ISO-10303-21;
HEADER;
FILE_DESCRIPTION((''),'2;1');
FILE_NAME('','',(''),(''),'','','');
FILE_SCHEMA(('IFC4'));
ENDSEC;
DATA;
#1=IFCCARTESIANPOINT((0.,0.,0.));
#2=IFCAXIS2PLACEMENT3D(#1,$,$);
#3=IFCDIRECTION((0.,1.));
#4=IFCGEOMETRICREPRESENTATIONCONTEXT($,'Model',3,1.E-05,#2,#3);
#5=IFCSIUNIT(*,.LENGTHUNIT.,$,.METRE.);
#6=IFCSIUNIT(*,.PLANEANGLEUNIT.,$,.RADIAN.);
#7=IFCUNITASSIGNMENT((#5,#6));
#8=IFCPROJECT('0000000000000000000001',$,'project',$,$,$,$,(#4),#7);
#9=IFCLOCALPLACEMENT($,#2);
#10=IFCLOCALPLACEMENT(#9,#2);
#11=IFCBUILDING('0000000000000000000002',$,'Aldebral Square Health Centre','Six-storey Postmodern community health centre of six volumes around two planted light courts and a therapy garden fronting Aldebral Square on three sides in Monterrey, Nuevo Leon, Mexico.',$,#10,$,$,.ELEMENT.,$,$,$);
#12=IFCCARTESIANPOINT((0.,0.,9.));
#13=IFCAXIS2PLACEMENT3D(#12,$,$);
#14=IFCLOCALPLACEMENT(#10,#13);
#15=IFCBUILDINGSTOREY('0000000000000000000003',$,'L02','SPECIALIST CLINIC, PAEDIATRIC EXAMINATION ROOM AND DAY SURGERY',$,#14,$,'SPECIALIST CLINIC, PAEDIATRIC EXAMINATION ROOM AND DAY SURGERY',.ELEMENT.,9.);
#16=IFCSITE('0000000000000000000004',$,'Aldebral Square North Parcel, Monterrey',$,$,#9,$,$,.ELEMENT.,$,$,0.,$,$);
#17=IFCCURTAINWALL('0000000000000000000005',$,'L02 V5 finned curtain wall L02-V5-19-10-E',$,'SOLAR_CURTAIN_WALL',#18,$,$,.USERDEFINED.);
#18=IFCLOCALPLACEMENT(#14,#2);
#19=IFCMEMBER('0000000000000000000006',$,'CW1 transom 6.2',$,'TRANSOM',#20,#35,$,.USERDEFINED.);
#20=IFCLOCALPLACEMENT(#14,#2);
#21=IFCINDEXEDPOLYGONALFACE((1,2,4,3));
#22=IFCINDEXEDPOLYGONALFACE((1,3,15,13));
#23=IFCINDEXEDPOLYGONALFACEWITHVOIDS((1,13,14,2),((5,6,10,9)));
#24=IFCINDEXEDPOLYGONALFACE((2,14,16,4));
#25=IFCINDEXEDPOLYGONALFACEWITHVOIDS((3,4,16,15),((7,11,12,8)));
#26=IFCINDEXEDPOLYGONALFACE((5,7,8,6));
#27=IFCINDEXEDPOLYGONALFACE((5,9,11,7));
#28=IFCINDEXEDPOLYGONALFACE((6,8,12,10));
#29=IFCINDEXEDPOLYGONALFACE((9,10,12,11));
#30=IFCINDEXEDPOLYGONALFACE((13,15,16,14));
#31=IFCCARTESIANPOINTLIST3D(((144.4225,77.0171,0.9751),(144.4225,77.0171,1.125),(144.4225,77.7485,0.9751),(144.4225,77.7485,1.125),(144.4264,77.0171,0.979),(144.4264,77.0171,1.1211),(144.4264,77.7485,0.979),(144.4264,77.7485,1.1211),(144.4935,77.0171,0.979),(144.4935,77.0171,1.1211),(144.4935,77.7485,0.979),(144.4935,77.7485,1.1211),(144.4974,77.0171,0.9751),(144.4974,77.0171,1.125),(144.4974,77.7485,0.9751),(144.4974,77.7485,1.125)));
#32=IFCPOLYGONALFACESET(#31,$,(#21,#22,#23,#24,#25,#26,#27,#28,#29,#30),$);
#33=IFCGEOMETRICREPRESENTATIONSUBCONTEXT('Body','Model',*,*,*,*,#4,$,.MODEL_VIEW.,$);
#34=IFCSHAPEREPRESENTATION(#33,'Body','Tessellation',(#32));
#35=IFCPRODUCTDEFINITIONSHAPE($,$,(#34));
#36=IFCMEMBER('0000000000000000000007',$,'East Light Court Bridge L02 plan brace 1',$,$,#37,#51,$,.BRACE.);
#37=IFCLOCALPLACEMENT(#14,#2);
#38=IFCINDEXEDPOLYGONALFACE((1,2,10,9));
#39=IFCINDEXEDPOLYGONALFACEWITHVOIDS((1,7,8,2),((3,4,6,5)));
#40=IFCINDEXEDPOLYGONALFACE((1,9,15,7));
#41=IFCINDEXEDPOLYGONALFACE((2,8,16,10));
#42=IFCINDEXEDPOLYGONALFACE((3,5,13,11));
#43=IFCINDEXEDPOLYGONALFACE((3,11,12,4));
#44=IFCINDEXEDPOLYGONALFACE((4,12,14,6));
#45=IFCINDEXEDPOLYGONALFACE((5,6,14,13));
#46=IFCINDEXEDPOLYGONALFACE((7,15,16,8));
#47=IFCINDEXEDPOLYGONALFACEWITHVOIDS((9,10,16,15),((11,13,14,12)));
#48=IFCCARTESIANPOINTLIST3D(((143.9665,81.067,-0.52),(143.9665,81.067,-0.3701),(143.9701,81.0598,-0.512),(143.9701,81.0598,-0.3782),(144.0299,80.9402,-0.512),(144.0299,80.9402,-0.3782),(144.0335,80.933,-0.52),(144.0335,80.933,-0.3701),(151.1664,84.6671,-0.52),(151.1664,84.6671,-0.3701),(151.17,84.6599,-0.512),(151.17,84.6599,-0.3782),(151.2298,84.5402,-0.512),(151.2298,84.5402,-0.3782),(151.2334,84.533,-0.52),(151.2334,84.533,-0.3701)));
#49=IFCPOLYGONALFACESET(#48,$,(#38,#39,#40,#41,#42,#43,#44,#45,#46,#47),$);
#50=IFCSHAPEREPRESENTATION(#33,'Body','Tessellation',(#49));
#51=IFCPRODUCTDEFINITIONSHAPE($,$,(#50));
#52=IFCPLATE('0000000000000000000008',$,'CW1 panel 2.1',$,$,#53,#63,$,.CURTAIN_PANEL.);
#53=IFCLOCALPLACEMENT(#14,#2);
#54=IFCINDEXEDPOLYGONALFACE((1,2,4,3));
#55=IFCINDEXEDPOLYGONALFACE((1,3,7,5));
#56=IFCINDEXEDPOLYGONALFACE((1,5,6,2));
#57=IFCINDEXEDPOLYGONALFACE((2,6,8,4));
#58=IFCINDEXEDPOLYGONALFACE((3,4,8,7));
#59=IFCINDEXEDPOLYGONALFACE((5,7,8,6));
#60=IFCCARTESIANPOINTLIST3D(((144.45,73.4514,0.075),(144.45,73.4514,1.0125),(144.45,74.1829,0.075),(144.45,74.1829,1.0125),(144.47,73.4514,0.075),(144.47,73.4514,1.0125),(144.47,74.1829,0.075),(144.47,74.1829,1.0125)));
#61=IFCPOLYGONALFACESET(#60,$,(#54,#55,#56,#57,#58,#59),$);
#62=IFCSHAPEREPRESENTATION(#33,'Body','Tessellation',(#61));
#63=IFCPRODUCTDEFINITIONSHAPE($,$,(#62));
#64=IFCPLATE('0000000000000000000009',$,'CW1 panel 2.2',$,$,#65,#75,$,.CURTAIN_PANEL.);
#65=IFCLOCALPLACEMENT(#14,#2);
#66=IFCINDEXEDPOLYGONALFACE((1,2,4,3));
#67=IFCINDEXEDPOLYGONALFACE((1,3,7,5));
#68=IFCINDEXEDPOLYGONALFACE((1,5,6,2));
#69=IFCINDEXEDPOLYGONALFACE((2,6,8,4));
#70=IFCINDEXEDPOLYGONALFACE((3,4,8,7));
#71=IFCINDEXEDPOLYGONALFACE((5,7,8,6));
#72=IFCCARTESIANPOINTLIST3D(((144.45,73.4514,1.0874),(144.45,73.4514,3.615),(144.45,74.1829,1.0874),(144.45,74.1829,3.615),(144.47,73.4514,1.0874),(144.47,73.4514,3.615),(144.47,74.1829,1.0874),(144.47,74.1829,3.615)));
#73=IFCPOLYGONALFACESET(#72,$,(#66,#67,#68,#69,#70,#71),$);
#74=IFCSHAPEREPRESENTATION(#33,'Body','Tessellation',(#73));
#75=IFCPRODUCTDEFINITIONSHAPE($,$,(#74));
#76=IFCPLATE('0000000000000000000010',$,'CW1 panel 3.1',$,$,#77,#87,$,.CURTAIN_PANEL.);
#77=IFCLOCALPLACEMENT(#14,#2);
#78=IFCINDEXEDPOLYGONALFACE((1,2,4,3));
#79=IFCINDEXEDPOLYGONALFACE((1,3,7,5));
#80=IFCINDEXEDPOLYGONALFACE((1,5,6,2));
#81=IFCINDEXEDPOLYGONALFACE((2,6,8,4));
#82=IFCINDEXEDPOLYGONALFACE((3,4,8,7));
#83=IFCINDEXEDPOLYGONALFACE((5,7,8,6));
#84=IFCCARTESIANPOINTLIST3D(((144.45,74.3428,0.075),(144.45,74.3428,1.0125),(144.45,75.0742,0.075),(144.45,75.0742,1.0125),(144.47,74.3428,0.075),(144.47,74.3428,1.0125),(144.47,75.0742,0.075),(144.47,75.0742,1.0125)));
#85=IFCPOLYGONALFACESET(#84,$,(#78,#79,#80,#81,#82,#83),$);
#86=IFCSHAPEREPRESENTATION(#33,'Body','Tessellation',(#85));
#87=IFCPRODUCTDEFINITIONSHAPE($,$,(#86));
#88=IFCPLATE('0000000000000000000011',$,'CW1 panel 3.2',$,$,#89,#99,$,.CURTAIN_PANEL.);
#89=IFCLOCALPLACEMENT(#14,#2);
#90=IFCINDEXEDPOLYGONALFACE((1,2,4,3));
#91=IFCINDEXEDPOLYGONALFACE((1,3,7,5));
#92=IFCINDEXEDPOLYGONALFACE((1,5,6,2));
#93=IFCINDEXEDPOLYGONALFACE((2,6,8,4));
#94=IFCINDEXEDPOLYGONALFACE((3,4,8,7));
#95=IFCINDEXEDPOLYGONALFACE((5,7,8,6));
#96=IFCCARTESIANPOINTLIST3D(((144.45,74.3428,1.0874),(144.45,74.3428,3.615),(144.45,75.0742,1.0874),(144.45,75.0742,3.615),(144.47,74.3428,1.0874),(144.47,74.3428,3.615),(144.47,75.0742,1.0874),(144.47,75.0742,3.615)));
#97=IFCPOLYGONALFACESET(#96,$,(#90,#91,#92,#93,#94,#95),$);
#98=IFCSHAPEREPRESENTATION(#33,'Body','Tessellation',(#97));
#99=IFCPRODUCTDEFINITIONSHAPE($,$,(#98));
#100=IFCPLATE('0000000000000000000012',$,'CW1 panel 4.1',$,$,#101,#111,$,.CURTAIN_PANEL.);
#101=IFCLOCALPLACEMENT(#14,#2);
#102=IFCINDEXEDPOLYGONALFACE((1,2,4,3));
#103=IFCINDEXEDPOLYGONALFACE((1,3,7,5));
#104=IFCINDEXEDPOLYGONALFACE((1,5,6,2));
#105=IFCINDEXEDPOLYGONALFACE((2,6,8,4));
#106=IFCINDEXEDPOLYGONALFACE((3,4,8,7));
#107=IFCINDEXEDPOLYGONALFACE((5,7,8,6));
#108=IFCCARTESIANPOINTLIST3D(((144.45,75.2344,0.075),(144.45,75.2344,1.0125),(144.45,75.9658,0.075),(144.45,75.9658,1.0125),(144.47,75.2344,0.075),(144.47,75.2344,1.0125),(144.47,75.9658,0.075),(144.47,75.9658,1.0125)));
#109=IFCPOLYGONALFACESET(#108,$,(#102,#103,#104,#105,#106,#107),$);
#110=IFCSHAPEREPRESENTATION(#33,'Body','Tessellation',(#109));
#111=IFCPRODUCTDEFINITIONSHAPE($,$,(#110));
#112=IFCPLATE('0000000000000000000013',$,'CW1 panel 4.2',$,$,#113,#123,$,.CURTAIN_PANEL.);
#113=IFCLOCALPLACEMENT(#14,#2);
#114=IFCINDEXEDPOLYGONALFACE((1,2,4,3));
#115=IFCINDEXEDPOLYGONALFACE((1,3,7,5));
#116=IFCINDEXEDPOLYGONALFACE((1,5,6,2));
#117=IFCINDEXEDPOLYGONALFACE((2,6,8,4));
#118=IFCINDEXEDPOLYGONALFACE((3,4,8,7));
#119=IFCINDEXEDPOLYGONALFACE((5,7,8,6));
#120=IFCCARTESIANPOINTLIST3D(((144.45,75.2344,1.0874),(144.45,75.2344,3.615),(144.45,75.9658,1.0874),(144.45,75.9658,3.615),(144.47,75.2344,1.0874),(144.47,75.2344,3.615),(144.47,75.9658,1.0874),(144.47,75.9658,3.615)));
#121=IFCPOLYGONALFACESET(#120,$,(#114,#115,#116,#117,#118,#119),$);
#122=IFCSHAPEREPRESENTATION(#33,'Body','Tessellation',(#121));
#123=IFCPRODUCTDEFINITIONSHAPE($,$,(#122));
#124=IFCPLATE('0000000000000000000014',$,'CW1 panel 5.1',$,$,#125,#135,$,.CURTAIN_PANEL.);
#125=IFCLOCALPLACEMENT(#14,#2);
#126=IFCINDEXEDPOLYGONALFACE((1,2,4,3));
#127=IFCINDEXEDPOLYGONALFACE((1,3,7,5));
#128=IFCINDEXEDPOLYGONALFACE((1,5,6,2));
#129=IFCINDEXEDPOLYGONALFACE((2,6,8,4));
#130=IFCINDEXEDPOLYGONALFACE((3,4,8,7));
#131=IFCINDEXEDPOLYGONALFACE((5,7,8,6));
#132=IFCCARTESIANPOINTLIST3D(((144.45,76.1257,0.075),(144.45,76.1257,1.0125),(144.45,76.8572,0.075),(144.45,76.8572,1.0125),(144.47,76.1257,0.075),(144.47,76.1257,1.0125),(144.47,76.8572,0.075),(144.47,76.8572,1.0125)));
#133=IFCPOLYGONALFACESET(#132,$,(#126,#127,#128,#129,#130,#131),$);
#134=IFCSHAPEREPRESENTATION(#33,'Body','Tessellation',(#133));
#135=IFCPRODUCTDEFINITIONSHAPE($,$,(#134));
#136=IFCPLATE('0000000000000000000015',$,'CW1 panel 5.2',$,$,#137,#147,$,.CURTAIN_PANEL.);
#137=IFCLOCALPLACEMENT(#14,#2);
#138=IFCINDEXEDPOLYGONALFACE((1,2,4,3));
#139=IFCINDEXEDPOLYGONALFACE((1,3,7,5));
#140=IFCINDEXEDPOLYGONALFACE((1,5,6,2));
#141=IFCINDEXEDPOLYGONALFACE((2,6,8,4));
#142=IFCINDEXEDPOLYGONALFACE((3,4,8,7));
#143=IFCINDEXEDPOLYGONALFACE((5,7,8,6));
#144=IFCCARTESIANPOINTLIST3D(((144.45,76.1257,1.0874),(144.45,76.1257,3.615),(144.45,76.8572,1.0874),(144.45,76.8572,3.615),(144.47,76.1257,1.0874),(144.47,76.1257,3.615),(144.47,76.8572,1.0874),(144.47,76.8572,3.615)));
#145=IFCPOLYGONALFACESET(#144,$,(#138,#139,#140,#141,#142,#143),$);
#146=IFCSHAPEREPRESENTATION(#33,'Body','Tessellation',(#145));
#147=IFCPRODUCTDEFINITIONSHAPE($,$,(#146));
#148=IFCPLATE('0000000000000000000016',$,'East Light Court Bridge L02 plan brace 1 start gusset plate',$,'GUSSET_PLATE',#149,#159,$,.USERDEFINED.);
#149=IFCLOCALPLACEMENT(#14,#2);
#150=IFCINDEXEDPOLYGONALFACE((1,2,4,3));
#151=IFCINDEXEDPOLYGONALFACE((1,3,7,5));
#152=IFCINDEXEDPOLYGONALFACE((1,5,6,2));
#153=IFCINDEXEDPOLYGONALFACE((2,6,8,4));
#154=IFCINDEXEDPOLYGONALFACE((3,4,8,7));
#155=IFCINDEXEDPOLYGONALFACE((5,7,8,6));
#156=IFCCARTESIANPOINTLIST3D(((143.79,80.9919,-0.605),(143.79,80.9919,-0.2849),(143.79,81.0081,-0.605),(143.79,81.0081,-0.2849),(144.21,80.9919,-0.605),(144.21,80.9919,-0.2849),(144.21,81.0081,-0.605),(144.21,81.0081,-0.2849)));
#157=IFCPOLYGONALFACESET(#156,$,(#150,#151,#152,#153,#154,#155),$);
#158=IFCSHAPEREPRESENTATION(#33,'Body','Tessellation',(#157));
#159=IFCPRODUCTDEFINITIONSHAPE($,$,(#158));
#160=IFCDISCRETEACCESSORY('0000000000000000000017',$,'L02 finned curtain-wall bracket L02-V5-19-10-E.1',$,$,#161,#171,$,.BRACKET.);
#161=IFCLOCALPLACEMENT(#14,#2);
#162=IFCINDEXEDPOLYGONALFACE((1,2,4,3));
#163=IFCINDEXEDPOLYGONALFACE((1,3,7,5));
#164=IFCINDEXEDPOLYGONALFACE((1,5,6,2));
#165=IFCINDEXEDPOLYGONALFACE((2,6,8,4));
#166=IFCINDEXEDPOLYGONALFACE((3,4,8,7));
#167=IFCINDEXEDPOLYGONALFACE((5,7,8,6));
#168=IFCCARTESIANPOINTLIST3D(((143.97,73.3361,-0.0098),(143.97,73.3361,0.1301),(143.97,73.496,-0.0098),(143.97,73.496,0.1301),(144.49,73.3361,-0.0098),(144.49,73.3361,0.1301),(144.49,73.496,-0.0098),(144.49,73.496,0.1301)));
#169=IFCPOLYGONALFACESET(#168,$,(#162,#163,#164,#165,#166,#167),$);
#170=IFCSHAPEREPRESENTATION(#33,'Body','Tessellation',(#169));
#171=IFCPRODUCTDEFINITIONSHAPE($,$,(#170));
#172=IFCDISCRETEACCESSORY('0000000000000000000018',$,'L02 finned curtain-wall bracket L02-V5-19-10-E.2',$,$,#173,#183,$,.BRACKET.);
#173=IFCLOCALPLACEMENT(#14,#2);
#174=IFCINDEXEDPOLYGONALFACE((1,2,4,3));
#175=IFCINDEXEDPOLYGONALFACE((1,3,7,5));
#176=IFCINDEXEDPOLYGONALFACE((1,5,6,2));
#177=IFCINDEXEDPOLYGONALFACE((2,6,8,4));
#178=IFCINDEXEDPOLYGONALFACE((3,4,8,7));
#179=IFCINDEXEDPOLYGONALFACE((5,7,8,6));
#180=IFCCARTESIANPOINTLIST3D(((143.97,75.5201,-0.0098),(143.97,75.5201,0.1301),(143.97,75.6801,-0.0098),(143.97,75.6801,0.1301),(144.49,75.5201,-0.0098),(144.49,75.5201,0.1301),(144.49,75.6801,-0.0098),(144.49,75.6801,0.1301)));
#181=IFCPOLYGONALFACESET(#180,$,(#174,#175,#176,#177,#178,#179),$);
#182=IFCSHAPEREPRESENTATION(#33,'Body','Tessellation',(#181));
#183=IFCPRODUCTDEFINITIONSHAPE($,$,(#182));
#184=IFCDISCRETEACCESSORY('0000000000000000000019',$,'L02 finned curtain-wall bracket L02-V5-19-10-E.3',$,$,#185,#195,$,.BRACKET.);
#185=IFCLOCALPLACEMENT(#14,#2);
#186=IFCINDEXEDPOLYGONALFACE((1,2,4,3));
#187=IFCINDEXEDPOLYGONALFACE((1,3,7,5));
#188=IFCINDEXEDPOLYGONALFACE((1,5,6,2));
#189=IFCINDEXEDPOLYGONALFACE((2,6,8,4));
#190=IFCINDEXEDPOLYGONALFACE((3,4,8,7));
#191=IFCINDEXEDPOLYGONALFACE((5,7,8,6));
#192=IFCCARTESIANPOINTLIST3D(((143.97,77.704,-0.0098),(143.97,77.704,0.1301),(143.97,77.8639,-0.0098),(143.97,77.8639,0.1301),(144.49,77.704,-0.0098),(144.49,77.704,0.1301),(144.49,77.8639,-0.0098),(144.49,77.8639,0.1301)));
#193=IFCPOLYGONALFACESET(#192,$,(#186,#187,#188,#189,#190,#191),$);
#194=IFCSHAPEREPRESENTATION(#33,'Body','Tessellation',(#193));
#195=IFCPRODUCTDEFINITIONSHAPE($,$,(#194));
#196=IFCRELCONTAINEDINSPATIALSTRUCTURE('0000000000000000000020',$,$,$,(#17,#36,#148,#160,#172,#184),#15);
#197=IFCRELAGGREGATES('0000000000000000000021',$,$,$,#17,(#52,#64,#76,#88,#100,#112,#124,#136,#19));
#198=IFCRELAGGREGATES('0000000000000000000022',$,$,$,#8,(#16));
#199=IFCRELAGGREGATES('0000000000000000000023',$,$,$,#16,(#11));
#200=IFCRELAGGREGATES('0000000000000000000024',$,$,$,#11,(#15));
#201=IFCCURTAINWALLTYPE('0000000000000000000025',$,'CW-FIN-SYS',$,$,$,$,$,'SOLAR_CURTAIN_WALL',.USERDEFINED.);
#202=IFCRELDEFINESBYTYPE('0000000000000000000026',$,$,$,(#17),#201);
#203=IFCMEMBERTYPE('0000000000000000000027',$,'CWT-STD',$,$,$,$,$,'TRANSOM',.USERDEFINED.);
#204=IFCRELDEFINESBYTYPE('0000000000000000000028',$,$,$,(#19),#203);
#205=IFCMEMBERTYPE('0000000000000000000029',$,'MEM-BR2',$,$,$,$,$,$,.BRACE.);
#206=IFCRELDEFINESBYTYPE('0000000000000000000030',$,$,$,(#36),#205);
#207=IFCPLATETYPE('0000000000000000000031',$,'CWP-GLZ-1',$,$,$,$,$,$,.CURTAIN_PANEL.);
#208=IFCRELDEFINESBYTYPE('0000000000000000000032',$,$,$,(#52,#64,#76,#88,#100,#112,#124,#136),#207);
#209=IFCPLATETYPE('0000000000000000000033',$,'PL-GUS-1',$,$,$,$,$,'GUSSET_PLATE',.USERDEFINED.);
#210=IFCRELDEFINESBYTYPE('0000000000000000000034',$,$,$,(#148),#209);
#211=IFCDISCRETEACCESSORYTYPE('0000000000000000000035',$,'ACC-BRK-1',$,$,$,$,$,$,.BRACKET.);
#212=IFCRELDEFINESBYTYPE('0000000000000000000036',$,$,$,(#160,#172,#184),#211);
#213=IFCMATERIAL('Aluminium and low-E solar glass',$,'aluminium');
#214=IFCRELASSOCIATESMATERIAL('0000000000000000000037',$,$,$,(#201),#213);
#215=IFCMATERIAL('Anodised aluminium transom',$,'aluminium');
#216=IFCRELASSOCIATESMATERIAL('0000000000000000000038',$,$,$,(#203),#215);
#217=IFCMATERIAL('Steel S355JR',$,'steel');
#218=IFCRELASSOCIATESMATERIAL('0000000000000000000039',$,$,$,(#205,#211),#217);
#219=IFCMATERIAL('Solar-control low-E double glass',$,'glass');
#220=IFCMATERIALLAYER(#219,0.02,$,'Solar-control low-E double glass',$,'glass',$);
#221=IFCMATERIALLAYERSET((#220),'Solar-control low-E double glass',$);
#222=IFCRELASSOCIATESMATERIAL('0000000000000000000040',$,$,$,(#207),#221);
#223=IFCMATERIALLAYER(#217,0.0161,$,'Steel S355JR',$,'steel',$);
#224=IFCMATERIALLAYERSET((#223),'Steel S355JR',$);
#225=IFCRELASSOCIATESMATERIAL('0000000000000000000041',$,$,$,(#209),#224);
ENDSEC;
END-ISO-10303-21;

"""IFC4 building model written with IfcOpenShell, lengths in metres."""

from ifc_helpers import new_model, si_unit, direction, frame, origin, origin_2d, place, context, subcontext, project, spatial, rectangle, hollow_rectangle, extrude, material, layer, layer_set, material_profile, profile_set, type_object, element, aggregate, save


model = new_model("IFC4")

# Units and contexts
model_context = context("Model", 3, precision=1e-05, world=origin(), true_north=direction((0.0, 1.0)))
body_context = subcontext(model_context, "Body", "Model", "MODEL_VIEW")
ifc_project = project(units=[si_unit("LENGTHUNIT", "METRE"), si_unit("PLANEANGLEUNIT", "RADIAN")], contexts=[model_context])

# Site, building, storey
site_placement = place(None, origin())
site = spatial("IfcSite", under=ifc_project, at=site_placement, Name="Aldebral Square North Parcel, Monterrey", CompositionType="ELEMENT", RefElevation=0.0)
building_placement = place(site_placement, origin())
building = spatial("IfcBuilding", under=site, at=building_placement, Name="Aldebral Square Health Centre", Description="Six-storey Postmodern community health centre of six volumes around two planted light courts and a therapy garden fronting Aldebral Square on three sides in Monterrey, Nuevo Leon, Mexico.", CompositionType="ELEMENT")
storey_placement = place(building_placement, frame((0.0, 0.0, 9.0)))
storey = spatial("IfcBuildingStorey", under=building, at=storey_placement, Name="L02", Description="SPECIALIST CLINIC, PAEDIATRIC EXAMINATION ROOM AND DAY SURGERY", LongName="SPECIALIST CLINIC, PAEDIATRIC EXAMINATION ROOM AND DAY SURGERY", CompositionType="ELEMENT", Elevation=9.0)

# Shared definitions
ifc_material_1 = material(Name="Steel S355JR", Category="steel")

# Curtain wall, member
ifc_material_2 = material(Name="Aluminium and low-E solar glass", Category="aluminium")
curtain_wall_type = type_object("IfcCurtainWallType", Name="CW-FIN-SYS", ElementType="SOLAR_CURTAIN_WALL", PredefinedType="USERDEFINED", material=ifc_material_2)
curtain_wall_placement = place(storey_placement, origin())
curtain_wall = element("IfcCurtainWall", 1, at=curtain_wall_placement, inside=storey, type_object=curtain_wall_type, Name="L02 V5 finned curtain wall L02-V5-19-10-E", ObjectType="SOLAR_CURTAIN_WALL", PredefinedType="USERDEFINED")
ifc_material_3 = material(Name="Anodised aluminium transom", Category="aluminium")
ifc_material_profile_1 = material_profile(ifc_material_3, hollow_rectangle(XDim=0.075, YDim=0.1499, WallThickness=0.0039, at=origin_2d()), Name="CWT 75x150x4")
ifc_profile_set_1 = profile_set([ifc_material_profile_1], Name="Anodised aluminium transom")
member_type_1 = type_object("IfcMemberType", Name="CWT-STD", ElementType="TRANSOM", PredefinedType="USERDEFINED", material=ifc_profile_set_1)
member_1_placement = place(storey_placement, frame((144.46, 77.0171, 1.05), z_axis=(0.0, 1.0, 0.0), x_axis=(-1.0, 0.0, 0.0)))
member_1 = element("IfcMember", 2, at=member_1_placement, type_object=member_type_1, Name="CW1 transom 6.2", ObjectType="TRANSOM", PredefinedType="USERDEFINED", context=body_context, shape_type="SweptSolid", body=[
    extrude(hollow_rectangle(XDim=0.075, YDim=0.1499, WallThickness=0.0039, at=origin_2d()), origin(), (0.0, 0.0, 1.0), 0.7314),
])

# Member
ifc_material_profile_2 = material_profile(ifc_material_1, hollow_rectangle(XDim=0.1499, YDim=0.1499, WallThickness=0.0081, at=origin_2d()), Name="150x150x8 SHS")
ifc_profile_set_2 = profile_set([ifc_material_profile_2], Name="Steel S355JR")
member_type_2 = type_object("IfcMemberType", Name="MEM-BR2", PredefinedType="BRACE", material=ifc_profile_set_2)
member_2_placement = place(storey_placement, frame((144.0, 81.0, -0.4451), z_axis=(0.894421, 0.447226, 0.0), x_axis=(-0.447226, 0.894421, 0.0)))
element("IfcMember", 3, at=member_2_placement, inside=storey, type_object=member_type_2, Name="East Light Court Bridge L02 plan brace 1", PredefinedType="BRACE", context=body_context, shape_type="SweptSolid", body=[
    extrude(hollow_rectangle(XDim=0.1499, YDim=0.1499, WallThickness=0.0081, at=origin_2d()), origin(), (0.0, 0.0, 1.0), 8.0498),
])

# Plates
ifc_material_4 = material(Name="Solar-control low-E double glass", Category="glass")
ifc_layer_1 = layer(ifc_material_4, 0.02, Name="Solar-control low-E double glass", Category="glass")
ifc_layer_set_1 = layer_set([ifc_layer_1], Name="Solar-control low-E double glass")
plate_type_1 = type_object("IfcPlateType", Name="CWP-GLZ-1", PredefinedType="CURTAIN_PANEL", material=ifc_layer_set_1)
plate_1_placement = place(storey_placement, frame((144.46, 73.8171, 0.075), z_axis=(0.0, 0.0, 1.0), x_axis=(0.0, 1.0, 0.0)))
plate_1 = element("IfcPlate", 4, at=plate_1_placement, type_object=plate_type_1, Name="CW1 panel 2.1", PredefinedType="CURTAIN_PANEL", context=body_context, shape_type="SweptSolid", body=[
    extrude(rectangle(XDim=0.7314, YDim=0.02, at=origin_2d()), origin(), (0.0, 0.0, 1.0), 0.9375),
])
plate_2_placement = place(storey_placement, frame((144.46, 73.8171, 1.0874), z_axis=(0.0, 0.0, 1.0), x_axis=(0.0, 1.0, 0.0)))
plate_2 = element("IfcPlate", 5, at=plate_2_placement, type_object=plate_type_1, Name="CW1 panel 2.2", PredefinedType="CURTAIN_PANEL", context=body_context, shape_type="SweptSolid", body=[
    extrude(rectangle(XDim=0.7314, YDim=0.02, at=origin_2d()), origin(), (0.0, 0.0, 1.0), 2.5276),
])
plate_3_placement = place(storey_placement, frame((144.46, 74.7085, 0.075), z_axis=(0.0, 0.0, 1.0), x_axis=(0.0, 1.0, 0.0)))
plate_3 = element("IfcPlate", 6, at=plate_3_placement, type_object=plate_type_1, Name="CW1 panel 3.1", PredefinedType="CURTAIN_PANEL", context=body_context, shape_type="SweptSolid", body=[
    extrude(rectangle(XDim=0.7314, YDim=0.02, at=origin_2d()), origin(), (0.0, 0.0, 1.0), 0.9375),
])
plate_4_placement = place(storey_placement, frame((144.46, 74.7085, 1.0874), z_axis=(0.0, 0.0, 1.0), x_axis=(0.0, 1.0, 0.0)))
plate_4 = element("IfcPlate", 7, at=plate_4_placement, type_object=plate_type_1, Name="CW1 panel 3.2", PredefinedType="CURTAIN_PANEL", context=body_context, shape_type="SweptSolid", body=[
    extrude(rectangle(XDim=0.7314, YDim=0.02, at=origin_2d()), origin(), (0.0, 0.0, 1.0), 2.5276),
])
plate_5_placement = place(storey_placement, frame((144.46, 75.6001, 0.075), z_axis=(0.0, 0.0, 1.0), x_axis=(0.0, 1.0, 0.0)))
plate_5 = element("IfcPlate", 8, at=plate_5_placement, type_object=plate_type_1, Name="CW1 panel 4.1", PredefinedType="CURTAIN_PANEL", context=body_context, shape_type="SweptSolid", body=[
    extrude(rectangle(XDim=0.7314, YDim=0.02, at=origin_2d()), origin(), (0.0, 0.0, 1.0), 0.9375),
])
plate_6_placement = place(storey_placement, frame((144.46, 75.6001, 1.0874), z_axis=(0.0, 0.0, 1.0), x_axis=(0.0, 1.0, 0.0)))
plate_6 = element("IfcPlate", 9, at=plate_6_placement, type_object=plate_type_1, Name="CW1 panel 4.2", PredefinedType="CURTAIN_PANEL", context=body_context, shape_type="SweptSolid", body=[
    extrude(rectangle(XDim=0.7314, YDim=0.02, at=origin_2d()), origin(), (0.0, 0.0, 1.0), 2.5276),
])
plate_7_placement = place(storey_placement, frame((144.46, 76.4915, 0.075), z_axis=(0.0, 0.0, 1.0), x_axis=(0.0, 1.0, 0.0)))
plate_7 = element("IfcPlate", 10, at=plate_7_placement, type_object=plate_type_1, Name="CW1 panel 5.1", PredefinedType="CURTAIN_PANEL", context=body_context, shape_type="SweptSolid", body=[
    extrude(rectangle(XDim=0.7314, YDim=0.02, at=origin_2d()), origin(), (0.0, 0.0, 1.0), 0.9375),
])
plate_8_placement = place(storey_placement, frame((144.46, 76.4915, 1.0874), z_axis=(0.0, 0.0, 1.0), x_axis=(0.0, 1.0, 0.0)))
plate_8 = element("IfcPlate", 11, at=plate_8_placement, type_object=plate_type_1, Name="CW1 panel 5.2", PredefinedType="CURTAIN_PANEL", context=body_context, shape_type="SweptSolid", body=[
    extrude(rectangle(XDim=0.7314, YDim=0.02, at=origin_2d()), origin(), (0.0, 0.0, 1.0), 2.5276),
])
aggregate(curtain_wall, [plate_1, plate_2, plate_3, plate_4, plate_5, plate_6, plate_7, plate_8, member_1])
ifc_layer_2 = layer(ifc_material_1, 0.0161, Name="Steel S355JR", Category="steel")
ifc_layer_set_2 = layer_set([ifc_layer_2], Name="Steel S355JR")
plate_type_2 = type_object("IfcPlateType", Name="PL-GUS-1", ElementType="GUSSET_PLATE", PredefinedType="USERDEFINED", material=ifc_layer_set_2)
plate_9_placement = place(storey_placement, frame((144.0, 81.0, -0.605), z_axis=(0.0, 0.0, 1.0), x_axis=(1.0, 0.0, 0.0)))
element("IfcPlate", 12, at=plate_9_placement, inside=storey, type_object=plate_type_2, Name="East Light Court Bridge L02 plan brace 1 start gusset plate", ObjectType="GUSSET_PLATE", PredefinedType="USERDEFINED", context=body_context, shape_type="SweptSolid", body=[
    extrude(rectangle(XDim=0.4199, YDim=0.0161, at=origin_2d()), origin(), (0.0, 0.0, 1.0), 0.3201),
])

# Discrete accessories
discrete_accessory_type_1 = type_object("IfcDiscreteAccessoryType", Name="ACC-BRK-1", PredefinedType="BRACKET", material=ifc_material_1)
for number, where, z_axis, x_axis, name in (
    (13, (144.23, 73.416, -0.0098), (0.0, 0.0, 1.0), (0.0, 1.0, 0.0), "L02 finned curtain-wall bracket L02-V5-19-10-E.1"),
    (14, (144.23, 75.6001, -0.0098), (0.0, 0.0, 1.0), (0.0, 1.0, 0.0), "L02 finned curtain-wall bracket L02-V5-19-10-E.2"),
    (15, (144.23, 77.7839, -0.0098), (0.0, 0.0, 1.0), (0.0, 1.0, 0.0), "L02 finned curtain-wall bracket L02-V5-19-10-E.3"),
):
    element("IfcDiscreteAccessory", number, at=place(storey_placement, frame(where, z_axis=z_axis, x_axis=x_axis)), inside=storey, type_object=discrete_accessory_type_1, Name=name, PredefinedType="BRACKET", context=body_context, shape_type="SweptSolid", body=[
        extrude(rectangle(XDim=0.1599, YDim=0.52, at=origin_2d()), origin(), (0.0, 0.0, 1.0), 0.1399),
    ])

save(model, "model.ifc")
